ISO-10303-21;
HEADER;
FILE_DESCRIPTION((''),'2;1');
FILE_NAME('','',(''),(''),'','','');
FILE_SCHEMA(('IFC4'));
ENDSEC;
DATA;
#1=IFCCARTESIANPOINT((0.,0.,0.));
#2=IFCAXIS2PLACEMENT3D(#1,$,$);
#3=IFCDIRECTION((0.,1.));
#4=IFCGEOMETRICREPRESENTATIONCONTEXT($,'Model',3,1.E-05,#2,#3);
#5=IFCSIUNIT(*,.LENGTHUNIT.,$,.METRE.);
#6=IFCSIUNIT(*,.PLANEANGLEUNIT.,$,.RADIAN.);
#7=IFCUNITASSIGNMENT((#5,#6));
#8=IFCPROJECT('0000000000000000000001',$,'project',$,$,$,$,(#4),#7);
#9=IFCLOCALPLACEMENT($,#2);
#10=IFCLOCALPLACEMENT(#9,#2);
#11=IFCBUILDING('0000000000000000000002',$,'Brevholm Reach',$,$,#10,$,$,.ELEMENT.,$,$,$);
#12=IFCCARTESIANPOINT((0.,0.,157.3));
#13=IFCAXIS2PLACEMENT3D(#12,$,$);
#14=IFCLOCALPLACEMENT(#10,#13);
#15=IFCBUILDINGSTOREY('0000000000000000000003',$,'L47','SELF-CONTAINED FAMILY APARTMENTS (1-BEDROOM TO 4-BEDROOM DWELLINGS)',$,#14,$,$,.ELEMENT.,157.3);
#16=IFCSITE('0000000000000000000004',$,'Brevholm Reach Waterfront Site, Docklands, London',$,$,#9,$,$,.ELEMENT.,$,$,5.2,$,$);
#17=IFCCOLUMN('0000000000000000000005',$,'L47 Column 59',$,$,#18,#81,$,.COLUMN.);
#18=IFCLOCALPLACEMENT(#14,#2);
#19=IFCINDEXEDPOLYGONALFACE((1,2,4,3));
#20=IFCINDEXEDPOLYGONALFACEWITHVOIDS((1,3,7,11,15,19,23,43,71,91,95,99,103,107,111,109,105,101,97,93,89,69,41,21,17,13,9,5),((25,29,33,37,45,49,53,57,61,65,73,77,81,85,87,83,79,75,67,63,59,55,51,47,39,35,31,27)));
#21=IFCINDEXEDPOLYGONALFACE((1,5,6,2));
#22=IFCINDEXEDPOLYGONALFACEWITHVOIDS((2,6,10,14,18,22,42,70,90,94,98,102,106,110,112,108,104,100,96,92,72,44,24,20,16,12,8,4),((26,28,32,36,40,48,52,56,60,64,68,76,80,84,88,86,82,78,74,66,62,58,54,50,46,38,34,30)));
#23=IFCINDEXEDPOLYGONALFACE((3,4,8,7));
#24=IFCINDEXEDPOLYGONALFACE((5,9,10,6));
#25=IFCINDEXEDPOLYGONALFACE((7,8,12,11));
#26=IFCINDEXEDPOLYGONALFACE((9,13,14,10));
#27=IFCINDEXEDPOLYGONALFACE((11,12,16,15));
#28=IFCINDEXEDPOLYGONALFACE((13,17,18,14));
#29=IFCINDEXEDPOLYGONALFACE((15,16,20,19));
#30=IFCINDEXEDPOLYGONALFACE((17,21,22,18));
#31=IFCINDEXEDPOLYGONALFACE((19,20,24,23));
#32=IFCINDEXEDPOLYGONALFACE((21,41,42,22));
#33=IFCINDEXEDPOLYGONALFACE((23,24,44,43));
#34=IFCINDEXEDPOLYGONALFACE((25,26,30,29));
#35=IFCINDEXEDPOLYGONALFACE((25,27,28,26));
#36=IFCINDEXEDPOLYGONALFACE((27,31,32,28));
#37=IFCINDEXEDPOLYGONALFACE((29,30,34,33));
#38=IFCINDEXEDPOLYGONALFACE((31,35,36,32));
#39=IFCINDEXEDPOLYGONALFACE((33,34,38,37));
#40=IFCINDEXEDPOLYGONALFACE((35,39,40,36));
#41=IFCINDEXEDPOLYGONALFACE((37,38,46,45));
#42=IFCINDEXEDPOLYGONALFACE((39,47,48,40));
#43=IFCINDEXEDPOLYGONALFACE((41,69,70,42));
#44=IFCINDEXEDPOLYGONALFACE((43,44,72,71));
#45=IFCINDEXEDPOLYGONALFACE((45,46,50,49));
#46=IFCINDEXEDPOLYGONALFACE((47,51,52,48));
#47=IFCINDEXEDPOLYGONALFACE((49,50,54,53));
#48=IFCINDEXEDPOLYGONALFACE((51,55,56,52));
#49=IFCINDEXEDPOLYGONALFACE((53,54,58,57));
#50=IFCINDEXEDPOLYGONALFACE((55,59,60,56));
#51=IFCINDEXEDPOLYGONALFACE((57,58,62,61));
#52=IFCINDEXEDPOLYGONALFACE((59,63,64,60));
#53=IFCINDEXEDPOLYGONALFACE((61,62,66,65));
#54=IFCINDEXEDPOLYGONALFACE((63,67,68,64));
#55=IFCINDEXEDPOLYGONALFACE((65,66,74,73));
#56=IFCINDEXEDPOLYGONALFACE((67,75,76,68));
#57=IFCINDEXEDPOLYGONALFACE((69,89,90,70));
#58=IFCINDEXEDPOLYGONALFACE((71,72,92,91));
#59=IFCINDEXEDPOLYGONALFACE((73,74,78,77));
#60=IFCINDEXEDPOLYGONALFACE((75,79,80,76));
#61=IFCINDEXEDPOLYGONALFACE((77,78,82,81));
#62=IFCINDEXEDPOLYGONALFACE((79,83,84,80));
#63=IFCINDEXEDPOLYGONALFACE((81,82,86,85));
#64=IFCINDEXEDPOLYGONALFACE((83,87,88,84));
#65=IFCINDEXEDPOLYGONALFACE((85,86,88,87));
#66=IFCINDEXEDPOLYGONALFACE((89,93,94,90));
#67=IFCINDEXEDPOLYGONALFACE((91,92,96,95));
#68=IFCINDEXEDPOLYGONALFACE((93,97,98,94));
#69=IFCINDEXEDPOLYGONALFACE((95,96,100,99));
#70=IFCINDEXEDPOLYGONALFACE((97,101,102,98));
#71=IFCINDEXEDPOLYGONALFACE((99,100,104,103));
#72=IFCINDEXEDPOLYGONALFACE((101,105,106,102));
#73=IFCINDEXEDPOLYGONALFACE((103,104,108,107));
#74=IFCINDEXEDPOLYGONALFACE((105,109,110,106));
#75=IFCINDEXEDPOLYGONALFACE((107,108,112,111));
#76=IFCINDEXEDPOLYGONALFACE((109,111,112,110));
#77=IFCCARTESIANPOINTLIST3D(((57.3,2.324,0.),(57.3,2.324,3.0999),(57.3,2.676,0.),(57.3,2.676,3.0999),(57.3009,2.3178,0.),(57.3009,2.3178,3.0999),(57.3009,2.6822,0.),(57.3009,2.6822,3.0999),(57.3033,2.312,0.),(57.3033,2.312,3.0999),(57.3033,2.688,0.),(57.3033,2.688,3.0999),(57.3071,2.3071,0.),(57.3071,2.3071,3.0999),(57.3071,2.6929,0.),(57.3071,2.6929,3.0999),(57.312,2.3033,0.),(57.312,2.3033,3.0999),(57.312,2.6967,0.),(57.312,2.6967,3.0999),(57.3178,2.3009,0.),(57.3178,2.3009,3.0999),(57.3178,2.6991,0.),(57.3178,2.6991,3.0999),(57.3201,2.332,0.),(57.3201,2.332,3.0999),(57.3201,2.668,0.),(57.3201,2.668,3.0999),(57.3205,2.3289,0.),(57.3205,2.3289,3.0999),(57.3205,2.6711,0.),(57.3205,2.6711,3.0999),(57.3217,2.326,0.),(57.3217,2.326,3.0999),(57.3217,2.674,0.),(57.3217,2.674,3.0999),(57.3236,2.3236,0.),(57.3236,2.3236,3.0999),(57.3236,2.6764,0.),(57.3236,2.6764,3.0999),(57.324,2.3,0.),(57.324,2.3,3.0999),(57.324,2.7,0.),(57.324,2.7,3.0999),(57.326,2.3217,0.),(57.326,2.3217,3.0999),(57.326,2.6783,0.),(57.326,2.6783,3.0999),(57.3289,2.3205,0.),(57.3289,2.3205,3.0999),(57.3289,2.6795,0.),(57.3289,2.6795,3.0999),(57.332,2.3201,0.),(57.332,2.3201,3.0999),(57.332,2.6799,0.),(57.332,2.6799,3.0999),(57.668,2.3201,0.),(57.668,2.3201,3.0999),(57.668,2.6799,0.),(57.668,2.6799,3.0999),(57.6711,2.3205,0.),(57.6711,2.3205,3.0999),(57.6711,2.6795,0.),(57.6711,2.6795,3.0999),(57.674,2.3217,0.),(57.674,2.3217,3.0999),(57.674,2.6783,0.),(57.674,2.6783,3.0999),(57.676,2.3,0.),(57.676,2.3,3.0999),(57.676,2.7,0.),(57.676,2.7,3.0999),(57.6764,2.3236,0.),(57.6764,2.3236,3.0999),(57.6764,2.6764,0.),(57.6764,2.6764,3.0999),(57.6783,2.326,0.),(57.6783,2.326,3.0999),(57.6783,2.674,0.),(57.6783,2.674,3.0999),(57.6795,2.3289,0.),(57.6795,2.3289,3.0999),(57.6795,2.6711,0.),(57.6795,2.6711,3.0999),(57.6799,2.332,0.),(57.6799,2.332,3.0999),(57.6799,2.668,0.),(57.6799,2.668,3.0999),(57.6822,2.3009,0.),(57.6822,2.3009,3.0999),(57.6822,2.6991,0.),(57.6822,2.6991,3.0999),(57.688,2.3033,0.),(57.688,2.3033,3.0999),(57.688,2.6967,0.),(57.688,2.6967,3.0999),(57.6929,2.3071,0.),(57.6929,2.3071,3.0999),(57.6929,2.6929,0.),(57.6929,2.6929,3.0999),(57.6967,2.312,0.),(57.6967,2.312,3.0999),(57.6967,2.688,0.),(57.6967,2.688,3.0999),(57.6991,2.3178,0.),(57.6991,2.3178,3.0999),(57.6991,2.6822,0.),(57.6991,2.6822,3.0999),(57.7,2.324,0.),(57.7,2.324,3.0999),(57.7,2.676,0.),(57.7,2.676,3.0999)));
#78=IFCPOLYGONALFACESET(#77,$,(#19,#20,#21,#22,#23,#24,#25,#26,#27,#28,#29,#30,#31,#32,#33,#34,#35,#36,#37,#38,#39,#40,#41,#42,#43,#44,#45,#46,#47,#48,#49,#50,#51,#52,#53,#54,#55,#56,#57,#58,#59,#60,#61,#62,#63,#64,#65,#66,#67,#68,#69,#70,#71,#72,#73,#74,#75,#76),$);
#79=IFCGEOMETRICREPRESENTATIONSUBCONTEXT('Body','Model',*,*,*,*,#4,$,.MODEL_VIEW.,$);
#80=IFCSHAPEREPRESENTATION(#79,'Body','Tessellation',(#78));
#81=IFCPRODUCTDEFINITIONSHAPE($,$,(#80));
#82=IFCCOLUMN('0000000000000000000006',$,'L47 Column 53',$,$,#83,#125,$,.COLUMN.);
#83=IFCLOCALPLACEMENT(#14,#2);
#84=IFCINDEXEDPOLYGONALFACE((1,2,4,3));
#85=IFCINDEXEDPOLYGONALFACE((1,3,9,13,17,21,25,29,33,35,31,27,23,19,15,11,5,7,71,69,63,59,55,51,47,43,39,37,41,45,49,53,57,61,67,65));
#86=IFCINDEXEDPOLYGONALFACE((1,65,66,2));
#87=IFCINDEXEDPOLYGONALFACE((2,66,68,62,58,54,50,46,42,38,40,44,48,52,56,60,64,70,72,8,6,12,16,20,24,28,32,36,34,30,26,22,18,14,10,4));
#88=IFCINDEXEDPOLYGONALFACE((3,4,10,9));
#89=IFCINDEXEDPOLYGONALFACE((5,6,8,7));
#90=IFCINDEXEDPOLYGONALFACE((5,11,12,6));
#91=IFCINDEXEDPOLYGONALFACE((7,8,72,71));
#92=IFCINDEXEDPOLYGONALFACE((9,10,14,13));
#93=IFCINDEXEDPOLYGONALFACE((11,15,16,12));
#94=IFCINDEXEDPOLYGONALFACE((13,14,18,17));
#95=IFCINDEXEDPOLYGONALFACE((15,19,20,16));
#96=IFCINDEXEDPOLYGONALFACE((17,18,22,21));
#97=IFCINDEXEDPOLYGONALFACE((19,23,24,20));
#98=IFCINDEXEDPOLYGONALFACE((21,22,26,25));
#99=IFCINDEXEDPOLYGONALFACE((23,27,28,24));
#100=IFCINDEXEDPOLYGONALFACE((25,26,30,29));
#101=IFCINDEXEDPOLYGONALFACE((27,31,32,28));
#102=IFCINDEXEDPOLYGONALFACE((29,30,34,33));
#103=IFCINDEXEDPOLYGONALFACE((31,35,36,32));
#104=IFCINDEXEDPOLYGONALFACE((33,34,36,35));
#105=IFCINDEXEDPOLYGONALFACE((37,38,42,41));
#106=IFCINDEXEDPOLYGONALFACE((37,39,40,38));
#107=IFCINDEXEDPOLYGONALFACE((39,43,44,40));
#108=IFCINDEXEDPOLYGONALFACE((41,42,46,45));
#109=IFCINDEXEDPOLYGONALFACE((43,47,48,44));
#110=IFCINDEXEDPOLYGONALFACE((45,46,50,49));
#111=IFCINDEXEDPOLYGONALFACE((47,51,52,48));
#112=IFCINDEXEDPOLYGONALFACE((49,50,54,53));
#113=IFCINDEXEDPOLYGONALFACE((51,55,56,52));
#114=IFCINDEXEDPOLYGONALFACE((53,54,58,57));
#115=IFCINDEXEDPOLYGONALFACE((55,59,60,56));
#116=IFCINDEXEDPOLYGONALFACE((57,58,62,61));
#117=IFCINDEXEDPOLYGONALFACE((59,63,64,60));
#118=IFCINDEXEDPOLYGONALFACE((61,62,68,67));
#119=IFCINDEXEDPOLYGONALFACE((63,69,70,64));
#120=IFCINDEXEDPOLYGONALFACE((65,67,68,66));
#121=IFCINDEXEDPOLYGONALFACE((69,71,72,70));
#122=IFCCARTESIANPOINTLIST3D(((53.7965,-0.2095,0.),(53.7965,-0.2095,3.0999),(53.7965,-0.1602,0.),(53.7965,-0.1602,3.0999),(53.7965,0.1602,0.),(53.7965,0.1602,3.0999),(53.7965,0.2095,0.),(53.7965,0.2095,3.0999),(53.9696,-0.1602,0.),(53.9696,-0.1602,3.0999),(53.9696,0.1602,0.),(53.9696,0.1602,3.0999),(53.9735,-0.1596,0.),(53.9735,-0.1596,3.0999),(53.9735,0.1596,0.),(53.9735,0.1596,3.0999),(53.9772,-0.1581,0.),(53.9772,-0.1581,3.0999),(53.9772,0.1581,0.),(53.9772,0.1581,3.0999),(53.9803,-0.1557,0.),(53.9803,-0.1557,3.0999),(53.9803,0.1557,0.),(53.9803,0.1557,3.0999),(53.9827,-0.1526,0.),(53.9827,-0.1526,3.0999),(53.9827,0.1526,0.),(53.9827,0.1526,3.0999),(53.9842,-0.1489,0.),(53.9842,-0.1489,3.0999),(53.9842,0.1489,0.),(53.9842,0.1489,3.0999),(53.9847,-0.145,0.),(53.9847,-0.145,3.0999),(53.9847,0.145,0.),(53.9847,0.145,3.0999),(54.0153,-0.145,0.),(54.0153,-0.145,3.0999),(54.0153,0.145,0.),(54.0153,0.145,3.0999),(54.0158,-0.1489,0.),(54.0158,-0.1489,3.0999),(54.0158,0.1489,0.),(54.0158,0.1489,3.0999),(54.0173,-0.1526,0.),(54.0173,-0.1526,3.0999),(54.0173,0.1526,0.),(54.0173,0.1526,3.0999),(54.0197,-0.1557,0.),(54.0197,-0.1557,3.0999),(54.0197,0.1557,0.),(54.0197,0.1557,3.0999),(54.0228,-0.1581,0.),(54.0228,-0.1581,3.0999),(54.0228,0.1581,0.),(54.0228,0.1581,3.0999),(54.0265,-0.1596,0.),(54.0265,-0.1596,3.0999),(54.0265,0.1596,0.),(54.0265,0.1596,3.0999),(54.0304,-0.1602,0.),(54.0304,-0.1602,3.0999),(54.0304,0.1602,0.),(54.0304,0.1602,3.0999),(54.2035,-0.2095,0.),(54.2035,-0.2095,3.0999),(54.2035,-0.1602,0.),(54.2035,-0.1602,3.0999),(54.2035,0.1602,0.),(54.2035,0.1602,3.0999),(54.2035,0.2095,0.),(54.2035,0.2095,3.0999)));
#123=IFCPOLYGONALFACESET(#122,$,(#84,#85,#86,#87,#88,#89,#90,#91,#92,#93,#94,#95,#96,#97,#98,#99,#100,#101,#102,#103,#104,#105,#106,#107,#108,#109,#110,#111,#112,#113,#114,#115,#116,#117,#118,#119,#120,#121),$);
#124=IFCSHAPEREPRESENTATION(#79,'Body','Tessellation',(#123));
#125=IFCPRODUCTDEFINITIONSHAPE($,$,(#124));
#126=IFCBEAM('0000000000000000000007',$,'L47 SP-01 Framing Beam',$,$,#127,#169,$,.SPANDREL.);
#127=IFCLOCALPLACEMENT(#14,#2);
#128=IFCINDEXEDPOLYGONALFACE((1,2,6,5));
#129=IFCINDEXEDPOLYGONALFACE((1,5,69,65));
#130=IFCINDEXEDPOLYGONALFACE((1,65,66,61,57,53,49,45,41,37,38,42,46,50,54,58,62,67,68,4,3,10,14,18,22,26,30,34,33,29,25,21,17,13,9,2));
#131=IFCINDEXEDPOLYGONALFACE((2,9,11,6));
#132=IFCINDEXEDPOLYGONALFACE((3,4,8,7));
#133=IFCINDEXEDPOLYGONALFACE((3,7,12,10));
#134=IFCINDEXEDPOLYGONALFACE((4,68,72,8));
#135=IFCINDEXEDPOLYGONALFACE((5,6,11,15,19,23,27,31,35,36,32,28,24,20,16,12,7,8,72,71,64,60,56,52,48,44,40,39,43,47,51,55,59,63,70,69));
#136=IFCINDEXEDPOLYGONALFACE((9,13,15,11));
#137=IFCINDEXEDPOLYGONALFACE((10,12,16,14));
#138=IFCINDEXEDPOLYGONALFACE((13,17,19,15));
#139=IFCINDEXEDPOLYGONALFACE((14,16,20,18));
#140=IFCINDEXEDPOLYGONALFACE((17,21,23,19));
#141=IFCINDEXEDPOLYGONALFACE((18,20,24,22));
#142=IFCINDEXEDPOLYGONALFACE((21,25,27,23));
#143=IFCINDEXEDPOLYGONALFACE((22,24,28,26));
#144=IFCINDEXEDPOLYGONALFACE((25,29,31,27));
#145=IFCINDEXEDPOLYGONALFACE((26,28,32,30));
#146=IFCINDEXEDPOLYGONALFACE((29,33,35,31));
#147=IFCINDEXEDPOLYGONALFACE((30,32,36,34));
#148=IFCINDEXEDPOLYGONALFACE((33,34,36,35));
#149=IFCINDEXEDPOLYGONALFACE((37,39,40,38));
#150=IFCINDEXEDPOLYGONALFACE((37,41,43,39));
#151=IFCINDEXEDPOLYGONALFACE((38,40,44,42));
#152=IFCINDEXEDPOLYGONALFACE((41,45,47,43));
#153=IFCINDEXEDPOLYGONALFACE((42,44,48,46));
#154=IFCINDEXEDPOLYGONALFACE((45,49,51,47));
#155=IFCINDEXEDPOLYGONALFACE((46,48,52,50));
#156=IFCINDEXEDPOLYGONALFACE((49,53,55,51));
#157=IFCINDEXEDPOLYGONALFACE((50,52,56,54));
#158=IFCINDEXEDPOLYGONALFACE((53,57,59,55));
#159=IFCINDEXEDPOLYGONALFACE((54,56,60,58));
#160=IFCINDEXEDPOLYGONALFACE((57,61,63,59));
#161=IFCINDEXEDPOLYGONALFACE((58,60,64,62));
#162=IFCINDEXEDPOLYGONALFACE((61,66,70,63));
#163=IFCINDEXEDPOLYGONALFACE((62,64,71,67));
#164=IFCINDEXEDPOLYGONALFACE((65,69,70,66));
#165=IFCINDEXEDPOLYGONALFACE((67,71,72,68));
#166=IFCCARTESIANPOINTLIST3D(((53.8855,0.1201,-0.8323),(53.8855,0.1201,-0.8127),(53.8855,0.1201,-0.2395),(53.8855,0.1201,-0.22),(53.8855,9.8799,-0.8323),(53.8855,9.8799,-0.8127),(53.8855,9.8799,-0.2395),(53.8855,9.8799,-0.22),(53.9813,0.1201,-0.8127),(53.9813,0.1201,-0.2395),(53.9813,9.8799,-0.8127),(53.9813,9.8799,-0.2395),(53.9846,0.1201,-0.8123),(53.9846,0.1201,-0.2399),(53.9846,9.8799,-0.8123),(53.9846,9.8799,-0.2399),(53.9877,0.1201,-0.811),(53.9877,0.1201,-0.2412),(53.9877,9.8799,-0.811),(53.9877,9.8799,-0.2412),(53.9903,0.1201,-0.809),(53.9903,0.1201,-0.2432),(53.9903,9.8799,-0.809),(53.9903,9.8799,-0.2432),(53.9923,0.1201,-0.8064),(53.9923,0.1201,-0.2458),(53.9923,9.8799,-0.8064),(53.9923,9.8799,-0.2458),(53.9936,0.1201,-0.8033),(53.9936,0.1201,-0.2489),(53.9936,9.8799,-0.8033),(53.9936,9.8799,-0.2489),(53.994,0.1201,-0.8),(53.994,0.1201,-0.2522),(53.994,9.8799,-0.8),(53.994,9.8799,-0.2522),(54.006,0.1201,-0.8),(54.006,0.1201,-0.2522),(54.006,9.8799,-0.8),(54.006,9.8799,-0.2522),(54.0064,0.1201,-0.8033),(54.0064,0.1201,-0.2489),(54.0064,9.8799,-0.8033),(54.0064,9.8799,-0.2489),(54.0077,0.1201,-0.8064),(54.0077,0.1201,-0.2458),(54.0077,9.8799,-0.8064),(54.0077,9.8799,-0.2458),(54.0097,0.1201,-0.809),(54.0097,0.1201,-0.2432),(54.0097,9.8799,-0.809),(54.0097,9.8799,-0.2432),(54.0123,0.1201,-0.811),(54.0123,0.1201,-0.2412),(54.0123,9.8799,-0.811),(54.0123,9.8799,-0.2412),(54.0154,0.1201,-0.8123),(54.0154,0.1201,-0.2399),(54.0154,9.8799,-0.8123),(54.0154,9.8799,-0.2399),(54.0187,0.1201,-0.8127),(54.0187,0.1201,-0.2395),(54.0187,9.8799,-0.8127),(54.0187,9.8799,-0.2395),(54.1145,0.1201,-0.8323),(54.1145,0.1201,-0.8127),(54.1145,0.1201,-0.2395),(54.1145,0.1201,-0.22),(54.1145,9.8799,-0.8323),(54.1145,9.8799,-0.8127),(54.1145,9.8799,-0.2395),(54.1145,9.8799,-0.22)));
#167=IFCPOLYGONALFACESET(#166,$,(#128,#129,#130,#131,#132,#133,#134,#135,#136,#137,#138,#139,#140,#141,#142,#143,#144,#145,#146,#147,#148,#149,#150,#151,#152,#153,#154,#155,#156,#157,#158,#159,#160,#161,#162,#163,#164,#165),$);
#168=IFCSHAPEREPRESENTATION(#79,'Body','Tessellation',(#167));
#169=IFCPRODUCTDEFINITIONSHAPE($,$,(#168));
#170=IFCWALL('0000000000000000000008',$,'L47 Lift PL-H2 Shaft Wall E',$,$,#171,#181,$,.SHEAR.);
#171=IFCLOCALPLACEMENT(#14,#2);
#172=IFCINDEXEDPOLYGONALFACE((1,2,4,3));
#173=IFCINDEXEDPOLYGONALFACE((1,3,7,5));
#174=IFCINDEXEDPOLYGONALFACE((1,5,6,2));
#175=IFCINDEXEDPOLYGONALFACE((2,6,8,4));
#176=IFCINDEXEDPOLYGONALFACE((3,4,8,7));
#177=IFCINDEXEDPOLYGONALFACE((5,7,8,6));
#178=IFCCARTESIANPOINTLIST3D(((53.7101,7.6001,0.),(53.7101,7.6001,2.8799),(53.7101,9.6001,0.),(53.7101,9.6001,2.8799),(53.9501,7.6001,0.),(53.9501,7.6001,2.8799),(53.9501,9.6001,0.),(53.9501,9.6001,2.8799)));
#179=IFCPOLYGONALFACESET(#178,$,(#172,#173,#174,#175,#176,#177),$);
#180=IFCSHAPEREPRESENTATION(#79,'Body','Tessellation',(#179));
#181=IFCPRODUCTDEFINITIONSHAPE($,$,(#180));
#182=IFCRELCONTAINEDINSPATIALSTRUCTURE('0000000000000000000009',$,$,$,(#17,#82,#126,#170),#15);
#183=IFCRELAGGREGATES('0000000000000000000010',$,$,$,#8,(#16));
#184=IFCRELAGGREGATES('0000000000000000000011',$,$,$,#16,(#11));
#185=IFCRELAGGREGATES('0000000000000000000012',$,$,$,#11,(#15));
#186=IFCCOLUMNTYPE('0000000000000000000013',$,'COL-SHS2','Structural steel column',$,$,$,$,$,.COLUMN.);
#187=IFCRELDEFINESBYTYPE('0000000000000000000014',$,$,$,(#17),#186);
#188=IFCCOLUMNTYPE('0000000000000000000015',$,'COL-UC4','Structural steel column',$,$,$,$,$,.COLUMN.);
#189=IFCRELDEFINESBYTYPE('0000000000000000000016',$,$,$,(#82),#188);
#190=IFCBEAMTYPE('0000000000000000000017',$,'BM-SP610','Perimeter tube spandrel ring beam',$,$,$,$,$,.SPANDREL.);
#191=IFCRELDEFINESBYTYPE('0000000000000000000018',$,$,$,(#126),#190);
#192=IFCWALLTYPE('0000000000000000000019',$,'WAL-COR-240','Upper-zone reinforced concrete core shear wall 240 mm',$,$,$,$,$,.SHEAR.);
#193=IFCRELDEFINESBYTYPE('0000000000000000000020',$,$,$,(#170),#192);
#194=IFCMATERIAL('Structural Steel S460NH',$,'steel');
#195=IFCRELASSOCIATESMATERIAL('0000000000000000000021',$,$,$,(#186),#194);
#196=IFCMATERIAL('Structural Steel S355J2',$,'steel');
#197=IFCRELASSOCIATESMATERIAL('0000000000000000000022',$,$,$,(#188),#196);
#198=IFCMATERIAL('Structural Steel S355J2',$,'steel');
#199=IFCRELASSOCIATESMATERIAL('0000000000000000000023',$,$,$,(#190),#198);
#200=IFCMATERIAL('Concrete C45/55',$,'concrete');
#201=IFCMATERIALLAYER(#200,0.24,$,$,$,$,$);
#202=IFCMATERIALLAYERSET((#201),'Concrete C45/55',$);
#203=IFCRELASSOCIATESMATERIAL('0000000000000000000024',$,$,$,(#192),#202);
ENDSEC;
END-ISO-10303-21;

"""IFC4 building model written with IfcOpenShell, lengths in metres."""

from ifc_helpers import new_model, si_unit, direction, frame, frame_2d, origin, origin_2d, place, context, subcontext, project, spatial, rectangle, hollow_rectangle, i_section, extrude, material, layer, layer_set, material_profile, profile_set, type_object, element, save


model = new_model("IFC4")

# Units and contexts
model_context = context("Model", 3, precision=1e-05, world=origin(), true_north=direction((0.0, 1.0)))
body_context = subcontext(model_context, "Body", "Model", "MODEL_VIEW")
ifc_project = project(units=[si_unit("LENGTHUNIT", "METRE"), si_unit("PLANEANGLEUNIT", "RADIAN")], contexts=[model_context])

# Site, building, storey
site_placement = place(None, origin())
site = spatial("IfcSite", under=ifc_project, at=site_placement, Name="Brevholm Reach Waterfront Site, Docklands, London", CompositionType="ELEMENT", RefElevation=5.2)
building_placement = place(site_placement, origin())
building = spatial("IfcBuilding", under=site, at=building_placement, Name="Brevholm Reach", CompositionType="ELEMENT")
storey_placement = place(building_placement, frame((0.0, 0.0, 157.3)))
storey = spatial("IfcBuildingStorey", under=building, at=storey_placement, Name="L47", Description="SELF-CONTAINED FAMILY APARTMENTS (1-BEDROOM TO 4-BEDROOM DWELLINGS)", CompositionType="ELEMENT", Elevation=157.3)

# Columns
ifc_material_1 = material(Name="Structural Steel S460NH", Category="steel")
ifc_material_profile_1 = material_profile(ifc_material_1, hollow_rectangle(XDim=0.3999, YDim=0.3999, WallThickness=0.02, InnerFilletRadius=0.012, OuterFilletRadius=0.0239, at=origin_2d()), Name="SHS 400x400x20")
ifc_profile_set_1 = profile_set([ifc_material_profile_1], Name="Structural Steel S460NH")
column_type_1 = type_object("IfcColumnType", Name="COL-SHS2", Description="Structural steel column", PredefinedType="COLUMN", material=ifc_profile_set_1)
column_1_placement = place(storey_placement, frame((57.5, 2.5, 0.0), z_axis=(0.0, 0.0, 1.0), x_axis=(1.0, 0.0, 0.0)))
element("IfcColumn", 1, at=column_1_placement, inside=storey, type_object=column_type_1, Name="L47 Column 59", PredefinedType="COLUMN", context=body_context, shape_type="SweptSolid", body=[
    extrude(hollow_rectangle(XDim=0.3999, YDim=0.3999, WallThickness=0.02, InnerFilletRadius=0.012, OuterFilletRadius=0.0239, at=origin_2d()), origin(), (0.0, 0.0, 1.0), 3.0999),
])
ifc_material_2 = material(Name="Structural Steel S355J2", Category="steel")
ifc_material_profile_2 = material_profile(ifc_material_2, i_section(OverallWidth=0.407, OverallDepth=0.4189, WebThickness=0.0305, FlangeThickness=0.0493, FilletRadius=0.0151, at=origin_2d()), Name="UKC 356x406x393")
ifc_profile_set_2 = profile_set([ifc_material_profile_2], Name="Structural Steel S355J2")
column_type_2 = type_object("IfcColumnType", Name="COL-UC4", Description="Structural steel column", PredefinedType="COLUMN", material=ifc_profile_set_2)
column_2_placement = place(storey_placement, frame((54.0, 0.0, 0.0), z_axis=(0.0, 0.0, 1.0), x_axis=(1.0, 0.0, 0.0)))
element("IfcColumn", 2, at=column_2_placement, inside=storey, type_object=column_type_2, Name="L47 Column 53", PredefinedType="COLUMN", context=body_context, shape_type="SweptSolid", body=[
    extrude(i_section(OverallWidth=0.407, OverallDepth=0.4189, WebThickness=0.0305, FlangeThickness=0.0493, FilletRadius=0.0151, at=origin_2d()), origin(), (0.0, 0.0, 1.0), 3.0999),
])

# Beam
ifc_material_3 = material(Name="Structural Steel S355J2", Category="steel")
ifc_material_profile_3 = material_profile(ifc_material_3, i_section(OverallWidth=0.229, OverallDepth=0.6123, WebThickness=0.012, FlangeThickness=0.0195, FilletRadius=0.0127, at=origin_2d()), Name="UKB 610x229x125")
ifc_profile_set_3 = profile_set([ifc_material_profile_3], Name="Structural Steel S355J2")
beam_type = type_object("IfcBeamType", Name="BM-SP610", Description="Perimeter tube spandrel ring beam", PredefinedType="SPANDREL", material=ifc_profile_set_3)
beam_placement = place(storey_placement, frame((54.0, 0.1201, -0.5261), z_axis=(0.0, 1.0, 0.0), x_axis=(-1.0, 0.0, 0.0)))
element("IfcBeam", 3, at=beam_placement, inside=storey, type_object=beam_type, Name="L47 SP-01 Framing Beam", PredefinedType="SPANDREL", context=body_context, shape_type="SweptSolid", body=[
    extrude(i_section(OverallWidth=0.229, OverallDepth=0.6123, WebThickness=0.012, FlangeThickness=0.0195, FilletRadius=0.0127, at=origin_2d()), origin(), (0.0, 0.0, 1.0), 9.7598),
])

# Wall
ifc_material_4 = material(Name="Concrete C45/55", Category="concrete")
ifc_layer_1 = layer(ifc_material_4, 0.24)
ifc_layer_set_1 = layer_set([ifc_layer_1], Name="Concrete C45/55")
wall_type_1 = type_object("IfcWallType", Name="WAL-COR-240", Description="Upper-zone reinforced concrete core shear wall 240 mm", PredefinedType="SHEAR", material=ifc_layer_set_1)
wall_1_placement = place(storey_placement, frame((53.8301, 7.6001, 0.0), z_axis=(0.0, 0.0, 1.0), x_axis=(0.0, 1.0, 0.0)))
element("IfcWall", 4, at=wall_1_placement, inside=storey, type_object=wall_type_1, Name="L47 Lift PL-H2 Shaft Wall E", PredefinedType="SHEAR", context=body_context, shape_type="SweptSolid", body=[
    extrude(rectangle(XDim=2.0, YDim=0.24, at=frame_2d((1.0, 0.0))), origin(), (0.0, 0.0, 1.0), 2.8799),
])

save(model, "model.ifc")
